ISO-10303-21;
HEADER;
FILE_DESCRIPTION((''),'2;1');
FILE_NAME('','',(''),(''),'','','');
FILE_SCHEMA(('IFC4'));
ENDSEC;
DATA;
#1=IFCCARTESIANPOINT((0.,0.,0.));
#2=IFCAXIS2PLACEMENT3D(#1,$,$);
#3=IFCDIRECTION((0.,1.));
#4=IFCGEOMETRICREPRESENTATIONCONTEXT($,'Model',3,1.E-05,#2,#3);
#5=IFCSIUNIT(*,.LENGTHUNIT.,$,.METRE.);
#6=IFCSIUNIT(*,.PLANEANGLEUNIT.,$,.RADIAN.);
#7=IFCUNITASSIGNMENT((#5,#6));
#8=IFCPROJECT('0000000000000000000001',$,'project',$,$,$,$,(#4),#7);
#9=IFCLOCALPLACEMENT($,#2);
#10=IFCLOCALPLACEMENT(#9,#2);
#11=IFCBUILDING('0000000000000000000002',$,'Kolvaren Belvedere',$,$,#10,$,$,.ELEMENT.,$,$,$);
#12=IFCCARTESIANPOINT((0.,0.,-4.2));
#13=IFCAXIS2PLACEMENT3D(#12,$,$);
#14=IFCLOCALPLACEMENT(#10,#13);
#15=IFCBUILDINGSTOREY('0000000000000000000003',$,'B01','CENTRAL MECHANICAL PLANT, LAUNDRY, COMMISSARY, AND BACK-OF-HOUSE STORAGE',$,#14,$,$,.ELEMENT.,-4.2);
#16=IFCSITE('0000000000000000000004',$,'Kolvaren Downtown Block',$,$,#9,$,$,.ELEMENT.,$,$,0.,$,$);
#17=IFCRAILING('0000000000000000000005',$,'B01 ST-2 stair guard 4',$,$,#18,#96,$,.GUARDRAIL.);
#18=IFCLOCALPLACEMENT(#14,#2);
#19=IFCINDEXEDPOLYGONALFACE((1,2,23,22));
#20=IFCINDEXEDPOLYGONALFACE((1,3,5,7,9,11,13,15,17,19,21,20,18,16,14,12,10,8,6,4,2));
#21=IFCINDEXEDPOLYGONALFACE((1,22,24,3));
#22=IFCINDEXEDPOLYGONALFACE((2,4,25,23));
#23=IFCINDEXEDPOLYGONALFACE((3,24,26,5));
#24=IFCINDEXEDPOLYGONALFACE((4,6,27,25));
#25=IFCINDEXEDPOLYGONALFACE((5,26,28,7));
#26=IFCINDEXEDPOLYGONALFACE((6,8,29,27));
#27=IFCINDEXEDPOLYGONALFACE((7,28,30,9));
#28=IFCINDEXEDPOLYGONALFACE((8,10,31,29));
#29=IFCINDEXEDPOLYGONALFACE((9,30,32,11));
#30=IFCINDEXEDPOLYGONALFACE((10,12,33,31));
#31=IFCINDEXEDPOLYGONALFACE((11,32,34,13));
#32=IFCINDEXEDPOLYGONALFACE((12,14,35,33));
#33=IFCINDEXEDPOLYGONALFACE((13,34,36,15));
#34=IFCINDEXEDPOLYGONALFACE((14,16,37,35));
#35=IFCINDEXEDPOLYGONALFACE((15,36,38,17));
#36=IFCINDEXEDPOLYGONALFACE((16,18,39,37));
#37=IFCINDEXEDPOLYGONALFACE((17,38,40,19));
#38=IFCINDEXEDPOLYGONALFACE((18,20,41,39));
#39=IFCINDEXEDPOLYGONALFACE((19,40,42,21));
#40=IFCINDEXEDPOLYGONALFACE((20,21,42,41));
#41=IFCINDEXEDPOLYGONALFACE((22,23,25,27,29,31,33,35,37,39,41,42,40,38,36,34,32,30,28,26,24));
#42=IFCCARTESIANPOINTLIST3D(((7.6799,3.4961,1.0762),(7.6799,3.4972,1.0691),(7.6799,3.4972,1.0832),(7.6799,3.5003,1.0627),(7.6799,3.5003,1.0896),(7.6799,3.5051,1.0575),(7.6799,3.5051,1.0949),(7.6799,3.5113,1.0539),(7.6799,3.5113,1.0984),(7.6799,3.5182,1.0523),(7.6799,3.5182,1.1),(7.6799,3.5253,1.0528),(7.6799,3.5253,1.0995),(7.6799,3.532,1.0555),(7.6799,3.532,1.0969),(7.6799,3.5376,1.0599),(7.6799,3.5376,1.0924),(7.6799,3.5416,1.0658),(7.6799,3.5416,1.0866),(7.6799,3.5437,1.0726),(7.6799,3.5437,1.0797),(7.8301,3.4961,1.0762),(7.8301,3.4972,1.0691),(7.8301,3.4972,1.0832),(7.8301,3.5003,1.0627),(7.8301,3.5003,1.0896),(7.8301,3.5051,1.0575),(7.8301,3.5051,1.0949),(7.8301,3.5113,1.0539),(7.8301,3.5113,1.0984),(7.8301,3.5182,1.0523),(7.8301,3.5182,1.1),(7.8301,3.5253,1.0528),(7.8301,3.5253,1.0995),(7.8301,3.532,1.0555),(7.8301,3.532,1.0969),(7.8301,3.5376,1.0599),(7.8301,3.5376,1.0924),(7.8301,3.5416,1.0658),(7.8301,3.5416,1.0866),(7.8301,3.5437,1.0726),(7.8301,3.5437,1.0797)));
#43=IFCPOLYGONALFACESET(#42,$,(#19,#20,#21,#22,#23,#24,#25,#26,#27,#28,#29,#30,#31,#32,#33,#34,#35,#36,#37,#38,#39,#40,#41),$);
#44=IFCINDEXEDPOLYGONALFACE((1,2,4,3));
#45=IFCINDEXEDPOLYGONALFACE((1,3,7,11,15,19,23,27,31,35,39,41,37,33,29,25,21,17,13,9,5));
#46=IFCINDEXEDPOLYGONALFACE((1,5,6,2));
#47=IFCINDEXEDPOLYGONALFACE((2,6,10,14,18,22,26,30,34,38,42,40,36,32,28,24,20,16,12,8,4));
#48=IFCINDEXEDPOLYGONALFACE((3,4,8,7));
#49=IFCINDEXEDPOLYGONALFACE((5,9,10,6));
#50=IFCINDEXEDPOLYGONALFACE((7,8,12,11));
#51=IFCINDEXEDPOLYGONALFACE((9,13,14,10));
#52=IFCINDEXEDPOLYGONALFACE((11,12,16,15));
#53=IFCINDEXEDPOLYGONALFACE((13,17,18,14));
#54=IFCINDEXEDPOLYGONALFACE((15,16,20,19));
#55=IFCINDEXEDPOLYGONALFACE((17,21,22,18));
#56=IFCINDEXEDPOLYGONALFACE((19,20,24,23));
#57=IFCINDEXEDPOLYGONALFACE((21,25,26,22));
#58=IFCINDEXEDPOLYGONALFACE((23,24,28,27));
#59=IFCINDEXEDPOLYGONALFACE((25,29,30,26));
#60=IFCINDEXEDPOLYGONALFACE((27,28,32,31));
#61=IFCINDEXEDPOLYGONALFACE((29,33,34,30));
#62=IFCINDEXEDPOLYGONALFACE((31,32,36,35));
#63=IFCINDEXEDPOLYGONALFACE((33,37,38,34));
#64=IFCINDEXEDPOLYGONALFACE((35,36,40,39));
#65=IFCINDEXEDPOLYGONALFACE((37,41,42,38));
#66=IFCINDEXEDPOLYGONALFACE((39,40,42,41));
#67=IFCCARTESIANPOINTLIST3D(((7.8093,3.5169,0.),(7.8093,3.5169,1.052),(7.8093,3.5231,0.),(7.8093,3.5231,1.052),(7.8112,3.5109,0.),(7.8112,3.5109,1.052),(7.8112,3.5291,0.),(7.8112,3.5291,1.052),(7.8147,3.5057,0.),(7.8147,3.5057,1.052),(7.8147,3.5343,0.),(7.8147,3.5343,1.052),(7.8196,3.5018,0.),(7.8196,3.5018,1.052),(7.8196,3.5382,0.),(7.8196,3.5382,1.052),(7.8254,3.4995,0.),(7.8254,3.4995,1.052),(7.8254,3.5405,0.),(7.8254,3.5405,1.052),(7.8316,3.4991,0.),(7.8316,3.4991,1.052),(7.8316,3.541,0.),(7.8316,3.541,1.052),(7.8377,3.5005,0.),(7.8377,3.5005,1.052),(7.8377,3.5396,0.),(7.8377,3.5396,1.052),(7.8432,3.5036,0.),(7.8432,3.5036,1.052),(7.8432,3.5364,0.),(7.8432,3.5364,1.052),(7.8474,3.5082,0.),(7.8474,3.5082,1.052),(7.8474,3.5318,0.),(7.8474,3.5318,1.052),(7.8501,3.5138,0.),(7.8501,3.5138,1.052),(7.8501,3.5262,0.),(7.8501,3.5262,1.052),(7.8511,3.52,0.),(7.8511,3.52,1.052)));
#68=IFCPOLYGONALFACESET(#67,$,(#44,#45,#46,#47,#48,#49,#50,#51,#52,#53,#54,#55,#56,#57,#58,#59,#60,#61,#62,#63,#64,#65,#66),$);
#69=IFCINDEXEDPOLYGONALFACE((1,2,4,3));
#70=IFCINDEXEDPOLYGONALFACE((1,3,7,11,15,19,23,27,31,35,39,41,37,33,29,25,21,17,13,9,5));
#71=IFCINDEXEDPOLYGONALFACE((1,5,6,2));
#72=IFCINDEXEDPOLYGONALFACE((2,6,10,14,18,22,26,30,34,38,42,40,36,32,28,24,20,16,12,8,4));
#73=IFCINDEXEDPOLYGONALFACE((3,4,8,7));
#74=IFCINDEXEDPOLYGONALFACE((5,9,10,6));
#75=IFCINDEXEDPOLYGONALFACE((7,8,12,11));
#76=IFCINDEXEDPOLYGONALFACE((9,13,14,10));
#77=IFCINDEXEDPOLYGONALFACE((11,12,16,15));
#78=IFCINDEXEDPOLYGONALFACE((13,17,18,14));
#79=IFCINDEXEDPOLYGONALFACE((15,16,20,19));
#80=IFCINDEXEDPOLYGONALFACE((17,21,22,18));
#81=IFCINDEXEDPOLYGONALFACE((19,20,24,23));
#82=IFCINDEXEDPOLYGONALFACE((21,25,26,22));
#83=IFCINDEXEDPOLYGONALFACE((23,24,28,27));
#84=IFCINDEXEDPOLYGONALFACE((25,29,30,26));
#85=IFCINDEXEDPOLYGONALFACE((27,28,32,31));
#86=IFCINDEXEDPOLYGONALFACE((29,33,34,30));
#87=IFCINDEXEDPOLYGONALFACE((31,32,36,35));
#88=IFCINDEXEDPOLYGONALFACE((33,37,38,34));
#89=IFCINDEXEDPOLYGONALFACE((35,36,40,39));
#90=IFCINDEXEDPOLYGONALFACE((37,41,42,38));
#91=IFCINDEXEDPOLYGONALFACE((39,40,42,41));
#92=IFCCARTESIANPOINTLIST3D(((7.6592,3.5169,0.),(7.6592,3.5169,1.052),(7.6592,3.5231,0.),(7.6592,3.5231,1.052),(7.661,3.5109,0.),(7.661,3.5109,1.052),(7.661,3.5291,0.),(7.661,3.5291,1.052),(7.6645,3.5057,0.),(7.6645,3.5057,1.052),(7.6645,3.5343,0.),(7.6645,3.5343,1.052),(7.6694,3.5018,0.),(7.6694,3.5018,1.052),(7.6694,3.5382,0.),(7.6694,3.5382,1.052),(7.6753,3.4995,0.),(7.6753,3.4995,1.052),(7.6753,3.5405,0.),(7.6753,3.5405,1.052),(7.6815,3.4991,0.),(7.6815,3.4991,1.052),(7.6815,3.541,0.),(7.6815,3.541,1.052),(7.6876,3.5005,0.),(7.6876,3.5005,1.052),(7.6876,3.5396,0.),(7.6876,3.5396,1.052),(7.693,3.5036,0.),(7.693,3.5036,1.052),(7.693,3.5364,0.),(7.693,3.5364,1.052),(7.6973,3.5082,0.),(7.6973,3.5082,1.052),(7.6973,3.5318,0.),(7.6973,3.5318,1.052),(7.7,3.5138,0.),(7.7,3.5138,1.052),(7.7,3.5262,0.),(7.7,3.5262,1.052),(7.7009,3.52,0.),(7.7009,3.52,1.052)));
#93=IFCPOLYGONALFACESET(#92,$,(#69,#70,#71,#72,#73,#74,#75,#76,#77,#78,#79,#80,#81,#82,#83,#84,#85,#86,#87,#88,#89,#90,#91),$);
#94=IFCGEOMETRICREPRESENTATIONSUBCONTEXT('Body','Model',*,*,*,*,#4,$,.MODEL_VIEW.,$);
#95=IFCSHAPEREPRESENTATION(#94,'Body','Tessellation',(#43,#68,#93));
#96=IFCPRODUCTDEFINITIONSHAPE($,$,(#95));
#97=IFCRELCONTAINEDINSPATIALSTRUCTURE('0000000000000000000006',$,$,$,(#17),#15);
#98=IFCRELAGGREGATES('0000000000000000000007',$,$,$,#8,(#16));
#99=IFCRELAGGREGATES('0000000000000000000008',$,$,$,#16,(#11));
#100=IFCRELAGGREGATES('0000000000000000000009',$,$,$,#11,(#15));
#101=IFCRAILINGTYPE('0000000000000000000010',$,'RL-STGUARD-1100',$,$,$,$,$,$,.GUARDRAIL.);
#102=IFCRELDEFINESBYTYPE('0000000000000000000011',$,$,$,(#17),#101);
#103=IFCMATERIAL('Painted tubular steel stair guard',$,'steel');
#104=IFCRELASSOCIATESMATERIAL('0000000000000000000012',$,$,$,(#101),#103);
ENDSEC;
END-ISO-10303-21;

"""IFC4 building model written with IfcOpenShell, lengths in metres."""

from ifc_helpers import new_model, si_unit, direction, frame, origin, origin_2d, place, context, subcontext, project, spatial, circle, extrude, material, type_object, element, save


model = new_model("IFC4")

# Units and contexts
model_context = context("Model", 3, precision=1e-05, world=origin(), true_north=direction((0.0, 1.0)))
body_context = subcontext(model_context, "Body", "Model", "MODEL_VIEW")
ifc_project = project(units=[si_unit("LENGTHUNIT", "METRE"), si_unit("PLANEANGLEUNIT", "RADIAN")], contexts=[model_context])

# Site, building, storey
site_placement = place(None, origin())
site = spatial("IfcSite", under=ifc_project, at=site_placement, Name="Kolvaren Downtown Block", CompositionType="ELEMENT", RefElevation=0.0)
building_placement = place(site_placement, origin())
building = spatial("IfcBuilding", under=site, at=building_placement, Name="Kolvaren Belvedere", CompositionType="ELEMENT")
storey_placement = place(building_placement, frame((0.0, 0.0, -4.2)))
storey = spatial("IfcBuildingStorey", under=building, at=storey_placement, Name="B01", Description="CENTRAL MECHANICAL PLANT, LAUNDRY, COMMISSARY, AND BACK-OF-HOUSE STORAGE", CompositionType="ELEMENT", Elevation=-4.2)

# Railing
ifc_material_1 = material(Name="Painted tubular steel stair guard", Category="steel")
railing_type_1 = type_object("IfcRailingType", Name="RL-STGUARD-1100", PredefinedType="GUARDRAIL", material=ifc_material_1)
railing_1_placement = place(storey_placement, frame((7.8301, 3.52, 0.0)))
element("IfcRailing", 1, at=railing_1_placement, inside=storey, type_object=railing_type_1, Name="B01 ST-2 stair guard 4", PredefinedType="GUARDRAIL", context=body_context, shape_type="SweptSolid", body=[
    extrude(circle(Radius=0.0239, at=origin_2d()), frame((0.0, 0.0, 1.0762), z_axis=(-1.0, 0.0, 0.0), x_axis=(0.0, -1.0, 0.0)), (0.0, 0.0, 1.0), 0.1501),
    extrude(circle(Radius=0.021, at=origin_2d()), origin(), (0.0, 0.0, 1.0), 1.052),
    extrude(circle(Radius=0.021, at=origin_2d()), frame((-0.1501, 0.0, 0.0)), (0.0, 0.0, 1.0), 1.052),
])

save(model, "model.ifc")
